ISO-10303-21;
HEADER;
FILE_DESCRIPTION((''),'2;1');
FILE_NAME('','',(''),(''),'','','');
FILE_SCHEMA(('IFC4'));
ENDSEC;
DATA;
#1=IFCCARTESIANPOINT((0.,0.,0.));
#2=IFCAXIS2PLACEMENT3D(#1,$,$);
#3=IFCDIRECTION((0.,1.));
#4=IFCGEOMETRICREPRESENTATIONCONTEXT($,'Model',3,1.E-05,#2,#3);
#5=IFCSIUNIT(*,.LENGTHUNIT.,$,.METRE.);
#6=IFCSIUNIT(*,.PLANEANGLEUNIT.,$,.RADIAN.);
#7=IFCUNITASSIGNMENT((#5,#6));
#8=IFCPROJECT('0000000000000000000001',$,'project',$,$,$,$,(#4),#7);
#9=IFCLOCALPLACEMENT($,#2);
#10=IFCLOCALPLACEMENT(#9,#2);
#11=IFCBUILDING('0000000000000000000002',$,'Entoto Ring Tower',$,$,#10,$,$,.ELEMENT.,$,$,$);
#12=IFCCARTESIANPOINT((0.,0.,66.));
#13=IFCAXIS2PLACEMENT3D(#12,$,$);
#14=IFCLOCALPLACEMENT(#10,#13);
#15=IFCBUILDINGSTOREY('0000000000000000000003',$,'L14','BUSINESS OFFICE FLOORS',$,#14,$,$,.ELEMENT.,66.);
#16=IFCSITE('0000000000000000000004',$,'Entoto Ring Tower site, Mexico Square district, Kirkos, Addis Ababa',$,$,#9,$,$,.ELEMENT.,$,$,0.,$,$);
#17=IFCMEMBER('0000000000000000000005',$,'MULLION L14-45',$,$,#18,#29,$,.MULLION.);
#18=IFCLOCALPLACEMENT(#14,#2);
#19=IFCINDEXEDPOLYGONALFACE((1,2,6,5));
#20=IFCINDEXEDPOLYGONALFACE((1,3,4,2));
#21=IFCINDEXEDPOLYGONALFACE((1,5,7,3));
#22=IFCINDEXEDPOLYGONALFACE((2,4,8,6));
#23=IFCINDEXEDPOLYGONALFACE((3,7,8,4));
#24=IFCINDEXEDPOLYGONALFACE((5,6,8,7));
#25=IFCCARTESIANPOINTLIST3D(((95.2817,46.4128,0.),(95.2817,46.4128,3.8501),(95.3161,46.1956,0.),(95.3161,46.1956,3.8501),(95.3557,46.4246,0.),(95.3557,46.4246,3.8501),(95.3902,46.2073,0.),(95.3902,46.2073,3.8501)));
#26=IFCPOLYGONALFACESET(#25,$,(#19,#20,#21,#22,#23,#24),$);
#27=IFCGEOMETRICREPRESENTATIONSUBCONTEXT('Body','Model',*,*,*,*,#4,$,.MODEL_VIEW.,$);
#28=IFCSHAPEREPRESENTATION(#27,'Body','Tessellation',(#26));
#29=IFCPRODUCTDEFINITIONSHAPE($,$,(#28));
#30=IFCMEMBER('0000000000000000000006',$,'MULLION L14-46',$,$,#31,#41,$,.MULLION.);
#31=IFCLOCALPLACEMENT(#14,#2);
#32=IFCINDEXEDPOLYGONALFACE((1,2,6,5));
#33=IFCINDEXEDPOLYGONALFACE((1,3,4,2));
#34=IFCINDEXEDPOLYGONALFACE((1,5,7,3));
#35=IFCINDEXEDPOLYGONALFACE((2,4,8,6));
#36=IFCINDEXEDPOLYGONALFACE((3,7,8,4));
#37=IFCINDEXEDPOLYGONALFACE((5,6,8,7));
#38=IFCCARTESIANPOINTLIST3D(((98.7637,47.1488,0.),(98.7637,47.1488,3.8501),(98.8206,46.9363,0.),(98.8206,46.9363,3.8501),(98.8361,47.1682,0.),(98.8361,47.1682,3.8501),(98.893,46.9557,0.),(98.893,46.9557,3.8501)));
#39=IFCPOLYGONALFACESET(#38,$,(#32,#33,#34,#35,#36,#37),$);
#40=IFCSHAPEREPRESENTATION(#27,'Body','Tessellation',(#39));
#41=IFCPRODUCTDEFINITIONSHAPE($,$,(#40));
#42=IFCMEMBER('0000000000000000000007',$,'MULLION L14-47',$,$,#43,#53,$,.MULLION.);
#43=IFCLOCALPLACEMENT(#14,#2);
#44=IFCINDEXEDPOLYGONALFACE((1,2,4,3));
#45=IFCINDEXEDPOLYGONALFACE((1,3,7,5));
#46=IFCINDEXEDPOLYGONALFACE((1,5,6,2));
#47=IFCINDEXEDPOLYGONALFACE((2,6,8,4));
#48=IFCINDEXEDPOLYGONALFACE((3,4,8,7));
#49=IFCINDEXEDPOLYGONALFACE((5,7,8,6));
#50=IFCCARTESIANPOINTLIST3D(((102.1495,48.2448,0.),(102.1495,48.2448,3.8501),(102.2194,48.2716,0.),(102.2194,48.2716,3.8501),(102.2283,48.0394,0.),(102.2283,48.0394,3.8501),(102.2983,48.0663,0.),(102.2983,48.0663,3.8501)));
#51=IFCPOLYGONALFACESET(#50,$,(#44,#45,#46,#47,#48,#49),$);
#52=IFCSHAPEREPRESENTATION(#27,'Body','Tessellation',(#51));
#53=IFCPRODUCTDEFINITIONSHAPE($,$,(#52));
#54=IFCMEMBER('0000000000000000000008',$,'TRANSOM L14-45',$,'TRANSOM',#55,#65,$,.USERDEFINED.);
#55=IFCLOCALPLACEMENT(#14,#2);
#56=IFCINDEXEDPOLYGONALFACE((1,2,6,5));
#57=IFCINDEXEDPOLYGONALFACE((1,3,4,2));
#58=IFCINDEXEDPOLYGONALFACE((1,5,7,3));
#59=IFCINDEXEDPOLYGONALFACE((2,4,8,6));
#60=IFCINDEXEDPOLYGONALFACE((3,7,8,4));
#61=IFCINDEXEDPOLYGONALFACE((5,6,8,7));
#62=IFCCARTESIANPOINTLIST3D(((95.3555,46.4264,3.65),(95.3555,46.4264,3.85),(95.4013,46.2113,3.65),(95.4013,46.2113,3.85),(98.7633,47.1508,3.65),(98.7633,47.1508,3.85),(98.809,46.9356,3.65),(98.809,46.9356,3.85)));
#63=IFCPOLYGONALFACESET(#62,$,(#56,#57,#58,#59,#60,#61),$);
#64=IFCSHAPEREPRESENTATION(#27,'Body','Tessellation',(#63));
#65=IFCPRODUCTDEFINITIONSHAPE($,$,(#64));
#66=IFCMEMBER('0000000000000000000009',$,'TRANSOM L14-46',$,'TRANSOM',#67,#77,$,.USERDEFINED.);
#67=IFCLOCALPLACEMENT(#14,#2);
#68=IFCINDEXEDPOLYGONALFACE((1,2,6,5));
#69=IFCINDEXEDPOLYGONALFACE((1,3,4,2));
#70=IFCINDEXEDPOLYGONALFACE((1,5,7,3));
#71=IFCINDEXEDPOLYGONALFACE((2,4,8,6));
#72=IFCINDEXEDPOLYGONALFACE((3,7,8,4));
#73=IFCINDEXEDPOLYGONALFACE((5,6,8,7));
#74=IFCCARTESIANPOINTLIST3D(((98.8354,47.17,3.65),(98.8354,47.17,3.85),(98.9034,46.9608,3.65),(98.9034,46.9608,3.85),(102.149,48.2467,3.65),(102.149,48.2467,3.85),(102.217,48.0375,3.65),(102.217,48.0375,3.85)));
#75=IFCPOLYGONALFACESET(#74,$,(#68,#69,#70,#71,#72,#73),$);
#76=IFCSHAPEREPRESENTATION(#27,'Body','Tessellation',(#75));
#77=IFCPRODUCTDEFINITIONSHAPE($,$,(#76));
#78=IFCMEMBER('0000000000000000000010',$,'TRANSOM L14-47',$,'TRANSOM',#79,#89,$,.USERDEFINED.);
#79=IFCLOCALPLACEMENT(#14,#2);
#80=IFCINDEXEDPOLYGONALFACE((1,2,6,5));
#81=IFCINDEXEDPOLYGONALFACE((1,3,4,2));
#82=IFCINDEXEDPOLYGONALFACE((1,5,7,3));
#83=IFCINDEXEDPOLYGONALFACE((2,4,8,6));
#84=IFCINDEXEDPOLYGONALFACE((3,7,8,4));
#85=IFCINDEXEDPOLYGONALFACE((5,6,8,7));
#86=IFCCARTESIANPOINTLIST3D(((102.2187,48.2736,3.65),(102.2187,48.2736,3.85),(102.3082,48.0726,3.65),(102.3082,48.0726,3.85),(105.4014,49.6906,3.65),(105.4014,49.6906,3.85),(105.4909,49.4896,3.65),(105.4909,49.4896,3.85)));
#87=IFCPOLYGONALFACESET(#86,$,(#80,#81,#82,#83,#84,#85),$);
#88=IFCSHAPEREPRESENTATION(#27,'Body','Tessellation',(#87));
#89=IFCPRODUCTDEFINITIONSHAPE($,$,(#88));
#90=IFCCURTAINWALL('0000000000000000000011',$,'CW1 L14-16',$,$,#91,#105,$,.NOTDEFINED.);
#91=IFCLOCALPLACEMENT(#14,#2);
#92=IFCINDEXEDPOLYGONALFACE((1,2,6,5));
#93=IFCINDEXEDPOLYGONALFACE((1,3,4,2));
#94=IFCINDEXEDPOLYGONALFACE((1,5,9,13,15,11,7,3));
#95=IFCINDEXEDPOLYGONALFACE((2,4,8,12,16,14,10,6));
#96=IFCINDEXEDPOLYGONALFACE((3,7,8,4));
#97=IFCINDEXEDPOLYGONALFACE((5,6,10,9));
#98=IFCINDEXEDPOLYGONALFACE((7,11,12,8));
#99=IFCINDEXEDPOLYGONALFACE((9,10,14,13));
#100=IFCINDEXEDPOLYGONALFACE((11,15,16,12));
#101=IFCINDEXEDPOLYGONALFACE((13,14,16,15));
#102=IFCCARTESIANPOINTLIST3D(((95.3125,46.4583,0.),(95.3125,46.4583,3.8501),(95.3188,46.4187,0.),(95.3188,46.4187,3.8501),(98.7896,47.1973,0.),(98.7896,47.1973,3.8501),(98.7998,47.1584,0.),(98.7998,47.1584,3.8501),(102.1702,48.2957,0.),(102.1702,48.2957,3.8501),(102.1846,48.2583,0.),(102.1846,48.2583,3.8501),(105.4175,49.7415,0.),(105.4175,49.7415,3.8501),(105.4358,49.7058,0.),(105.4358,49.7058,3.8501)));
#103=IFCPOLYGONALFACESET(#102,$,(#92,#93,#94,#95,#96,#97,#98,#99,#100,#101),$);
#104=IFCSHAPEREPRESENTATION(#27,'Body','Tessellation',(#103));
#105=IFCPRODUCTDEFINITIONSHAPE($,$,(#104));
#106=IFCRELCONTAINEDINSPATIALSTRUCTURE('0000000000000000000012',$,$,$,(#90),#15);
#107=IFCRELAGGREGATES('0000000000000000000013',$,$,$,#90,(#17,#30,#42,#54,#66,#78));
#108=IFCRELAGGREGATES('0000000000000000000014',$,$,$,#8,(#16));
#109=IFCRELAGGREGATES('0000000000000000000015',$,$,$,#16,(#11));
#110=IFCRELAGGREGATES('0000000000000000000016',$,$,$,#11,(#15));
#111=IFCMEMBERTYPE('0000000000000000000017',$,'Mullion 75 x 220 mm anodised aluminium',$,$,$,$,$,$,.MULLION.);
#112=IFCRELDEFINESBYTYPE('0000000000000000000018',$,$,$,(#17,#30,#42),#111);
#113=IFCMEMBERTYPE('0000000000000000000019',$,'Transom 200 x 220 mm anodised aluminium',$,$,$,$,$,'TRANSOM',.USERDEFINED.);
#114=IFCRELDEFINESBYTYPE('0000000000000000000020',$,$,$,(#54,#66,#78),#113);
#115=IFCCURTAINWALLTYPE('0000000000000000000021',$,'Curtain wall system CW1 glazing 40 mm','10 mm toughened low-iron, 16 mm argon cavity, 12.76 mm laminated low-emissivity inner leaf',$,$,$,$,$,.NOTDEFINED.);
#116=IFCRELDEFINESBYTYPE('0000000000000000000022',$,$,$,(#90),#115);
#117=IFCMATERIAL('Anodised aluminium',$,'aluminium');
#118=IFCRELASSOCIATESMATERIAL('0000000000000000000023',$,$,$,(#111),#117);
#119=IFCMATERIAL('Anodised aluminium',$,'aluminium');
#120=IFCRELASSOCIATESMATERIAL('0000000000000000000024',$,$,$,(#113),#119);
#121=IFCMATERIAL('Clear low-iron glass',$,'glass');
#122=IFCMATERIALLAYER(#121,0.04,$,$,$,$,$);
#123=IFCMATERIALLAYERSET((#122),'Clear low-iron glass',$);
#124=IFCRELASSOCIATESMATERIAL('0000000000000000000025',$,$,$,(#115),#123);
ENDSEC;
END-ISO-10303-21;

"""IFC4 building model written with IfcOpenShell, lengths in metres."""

from ifc_helpers import new_model, si_unit, direction, frame, origin, origin_2d, place, context, subcontext, project, spatial, polyline, rectangle, outline, extrude, material, layer, layer_set, material_profile, profile_set, type_object, element, aggregate, save


model = new_model("IFC4")

# Units and contexts
model_context = context("Model", 3, precision=1e-05, world=origin(), true_north=direction((0.0, 1.0)))
body_context = subcontext(model_context, "Body", "Model", "MODEL_VIEW")
ifc_project = project(units=[si_unit("LENGTHUNIT", "METRE"), si_unit("PLANEANGLEUNIT", "RADIAN")], contexts=[model_context])

# Members
ifc_material_1 = material(Name="Anodised aluminium", Category="aluminium")
ifc_material_profile_1 = material_profile(ifc_material_1, rectangle(XDim=0.075, YDim=0.22, at=origin_2d()), Name="Mullion 75 x 220 mm anodised aluminium")
ifc_profile_set_1 = profile_set([ifc_material_profile_1], Name="Anodised aluminium")
member_type_1 = type_object("IfcMemberType", Name="Mullion 75 x 220 mm anodised aluminium", PredefinedType="MULLION", material=ifc_profile_set_1)
site_placement = place(None, origin())
building_placement = place(site_placement, origin())
storey_placement = place(building_placement, frame((0.0, 0.0, 66.0)))
member_1_placement = place(storey_placement, frame((95.3359, 46.3101, 0.0), z_axis=(0.0, 0.0, 1.0), x_axis=(0.987688, 0.156434, 0.0)))
member_1 = element("IfcMember", 1, at=member_1_placement, type_object=member_type_1, Name="MULLION L14-45", PredefinedType="MULLION", context=body_context, shape_type="SweptSolid", body=[
    extrude(rectangle(XDim=0.075, YDim=0.22, at=origin_2d()), origin(), (0.0, 0.0, 1.0), 3.8501),
])
member_2_placement = place(storey_placement, frame((98.8284, 47.0522, 0.0), z_axis=(0.0, 0.0, 1.0), x_axis=(0.965926, 0.258819, 0.0)))
member_2 = element("IfcMember", 2, at=member_2_placement, type_object=member_type_1, Name="MULLION L14-46", PredefinedType="MULLION", context=body_context, shape_type="SweptSolid", body=[
    extrude(rectangle(XDim=0.075, YDim=0.22, at=origin_2d()), origin(), (0.0, 0.0, 1.0), 3.8501),
])
member_3_placement = place(storey_placement, frame((102.2239, 48.1555, 0.0), z_axis=(0.0, 0.0, 1.0), x_axis=(0.93358, 0.358368, 0.0)))
member_3 = element("IfcMember", 3, at=member_3_placement, type_object=member_type_1, Name="MULLION L14-47", PredefinedType="MULLION", context=body_context, shape_type="SweptSolid", body=[
    extrude(rectangle(XDim=0.075, YDim=0.22, at=origin_2d()), origin(), (0.0, 0.0, 1.0), 3.8501),
])
ifc_material_2 = material(Name="Anodised aluminium", Category="aluminium")
ifc_material_profile_2 = material_profile(ifc_material_2, rectangle(XDim=0.22, YDim=0.2, at=origin_2d()), Name="Transom 200 x 220 mm anodised aluminium")
ifc_profile_set_2 = profile_set([ifc_material_profile_2], Name="Anodised aluminium")
member_type_2 = type_object("IfcMemberType", Name="Transom 200 x 220 mm anodised aluminium", ElementType="TRANSOM", PredefinedType="USERDEFINED", material=ifc_profile_set_2)
member_4_placement = place(storey_placement, frame((95.3784, 46.3188, 3.75), z_axis=(0.978146, 0.207921, 0.0), x_axis=(-0.207921, 0.978146, 0.0)))
member_4 = element("IfcMember", 4, at=member_4_placement, type_object=member_type_2, Name="TRANSOM L14-45", ObjectType="TRANSOM", PredefinedType="USERDEFINED", context=body_context, shape_type="SweptSolid", body=[
    extrude(rectangle(XDim=0.22, YDim=0.2, at=origin_2d()), origin(), (0.0, 0.0, 1.0), 3.4839),
])
member_5_placement = place(storey_placement, frame((98.8694, 47.0654, 3.75), z_axis=(0.951053, 0.309029, 0.0), x_axis=(-0.309029, 0.951053, 0.0)))
member_5 = element("IfcMember", 5, at=member_5_placement, type_object=member_type_2, Name="TRANSOM L14-46", ObjectType="TRANSOM", PredefinedType="USERDEFINED", context=body_context, shape_type="SweptSolid", body=[
    extrude(rectangle(XDim=0.22, YDim=0.2, at=origin_2d()), origin(), (0.0, 0.0, 1.0), 3.4841),
])
member_6_placement = place(storey_placement, frame((102.2634, 48.1731, 3.75), z_axis=(0.913545, 0.406737, 0.0), x_axis=(-0.406737, 0.913545, 0.0)))
member_6 = element("IfcMember", 6, at=member_6_placement, type_object=member_type_2, Name="TRANSOM L14-47", ObjectType="TRANSOM", PredefinedType="USERDEFINED", context=body_context, shape_type="SweptSolid", body=[
    extrude(rectangle(XDim=0.22, YDim=0.2, at=origin_2d()), origin(), (0.0, 0.0, 1.0), 3.4839),
])

# Site, building, storey
site = spatial("IfcSite", under=ifc_project, at=site_placement, Name="Entoto Ring Tower site, Mexico Square district, Kirkos, Addis Ababa", CompositionType="ELEMENT", RefElevation=0.0)
building = spatial("IfcBuilding", under=site, at=building_placement, Name="Entoto Ring Tower", CompositionType="ELEMENT")
storey = spatial("IfcBuildingStorey", under=building, at=storey_placement, Name="L14", Description="BUSINESS OFFICE FLOORS", CompositionType="ELEMENT", Elevation=66.0)

# Curtain wall
ifc_material_3 = material(Name="Clear low-iron glass", Category="glass")
ifc_layer_1 = layer(ifc_material_3, 0.04)
ifc_layer_set_1 = layer_set([ifc_layer_1], Name="Clear low-iron glass")
curtain_wall_type = type_object("IfcCurtainWallType", Name="Curtain wall system CW1 glazing 40 mm", Description="10 mm toughened low-iron, 16 mm argon cavity, 12.76 mm laminated low-emissivity inner leaf", PredefinedType="NOTDEFINED", material=ifc_layer_set_1)
curtain_wall_1_placement = place(storey_placement, origin())
curtain_wall_1 = element("IfcCurtainWall", 7, at=curtain_wall_1_placement, inside=storey, type_object=curtain_wall_type, Name="CW1 L14-16", PredefinedType="NOTDEFINED", context=body_context, shape_type="SweptSolid", body=[
    extrude(outline(polyline([(95.3188, 46.4187), (98.7998, 47.1584), (102.1846, 48.2583), (105.4358, 49.7058), (105.4175, 49.7415), (102.1702, 48.2957), (98.7896, 47.1973), (95.3125, 46.4583), (95.3188, 46.4187)])), origin(), (0.0, 0.0, 1.0), 3.8501),
])
aggregate(curtain_wall_1, [member_1, member_2, member_3, member_4, member_5, member_6])

save(model, "model.ifc")
